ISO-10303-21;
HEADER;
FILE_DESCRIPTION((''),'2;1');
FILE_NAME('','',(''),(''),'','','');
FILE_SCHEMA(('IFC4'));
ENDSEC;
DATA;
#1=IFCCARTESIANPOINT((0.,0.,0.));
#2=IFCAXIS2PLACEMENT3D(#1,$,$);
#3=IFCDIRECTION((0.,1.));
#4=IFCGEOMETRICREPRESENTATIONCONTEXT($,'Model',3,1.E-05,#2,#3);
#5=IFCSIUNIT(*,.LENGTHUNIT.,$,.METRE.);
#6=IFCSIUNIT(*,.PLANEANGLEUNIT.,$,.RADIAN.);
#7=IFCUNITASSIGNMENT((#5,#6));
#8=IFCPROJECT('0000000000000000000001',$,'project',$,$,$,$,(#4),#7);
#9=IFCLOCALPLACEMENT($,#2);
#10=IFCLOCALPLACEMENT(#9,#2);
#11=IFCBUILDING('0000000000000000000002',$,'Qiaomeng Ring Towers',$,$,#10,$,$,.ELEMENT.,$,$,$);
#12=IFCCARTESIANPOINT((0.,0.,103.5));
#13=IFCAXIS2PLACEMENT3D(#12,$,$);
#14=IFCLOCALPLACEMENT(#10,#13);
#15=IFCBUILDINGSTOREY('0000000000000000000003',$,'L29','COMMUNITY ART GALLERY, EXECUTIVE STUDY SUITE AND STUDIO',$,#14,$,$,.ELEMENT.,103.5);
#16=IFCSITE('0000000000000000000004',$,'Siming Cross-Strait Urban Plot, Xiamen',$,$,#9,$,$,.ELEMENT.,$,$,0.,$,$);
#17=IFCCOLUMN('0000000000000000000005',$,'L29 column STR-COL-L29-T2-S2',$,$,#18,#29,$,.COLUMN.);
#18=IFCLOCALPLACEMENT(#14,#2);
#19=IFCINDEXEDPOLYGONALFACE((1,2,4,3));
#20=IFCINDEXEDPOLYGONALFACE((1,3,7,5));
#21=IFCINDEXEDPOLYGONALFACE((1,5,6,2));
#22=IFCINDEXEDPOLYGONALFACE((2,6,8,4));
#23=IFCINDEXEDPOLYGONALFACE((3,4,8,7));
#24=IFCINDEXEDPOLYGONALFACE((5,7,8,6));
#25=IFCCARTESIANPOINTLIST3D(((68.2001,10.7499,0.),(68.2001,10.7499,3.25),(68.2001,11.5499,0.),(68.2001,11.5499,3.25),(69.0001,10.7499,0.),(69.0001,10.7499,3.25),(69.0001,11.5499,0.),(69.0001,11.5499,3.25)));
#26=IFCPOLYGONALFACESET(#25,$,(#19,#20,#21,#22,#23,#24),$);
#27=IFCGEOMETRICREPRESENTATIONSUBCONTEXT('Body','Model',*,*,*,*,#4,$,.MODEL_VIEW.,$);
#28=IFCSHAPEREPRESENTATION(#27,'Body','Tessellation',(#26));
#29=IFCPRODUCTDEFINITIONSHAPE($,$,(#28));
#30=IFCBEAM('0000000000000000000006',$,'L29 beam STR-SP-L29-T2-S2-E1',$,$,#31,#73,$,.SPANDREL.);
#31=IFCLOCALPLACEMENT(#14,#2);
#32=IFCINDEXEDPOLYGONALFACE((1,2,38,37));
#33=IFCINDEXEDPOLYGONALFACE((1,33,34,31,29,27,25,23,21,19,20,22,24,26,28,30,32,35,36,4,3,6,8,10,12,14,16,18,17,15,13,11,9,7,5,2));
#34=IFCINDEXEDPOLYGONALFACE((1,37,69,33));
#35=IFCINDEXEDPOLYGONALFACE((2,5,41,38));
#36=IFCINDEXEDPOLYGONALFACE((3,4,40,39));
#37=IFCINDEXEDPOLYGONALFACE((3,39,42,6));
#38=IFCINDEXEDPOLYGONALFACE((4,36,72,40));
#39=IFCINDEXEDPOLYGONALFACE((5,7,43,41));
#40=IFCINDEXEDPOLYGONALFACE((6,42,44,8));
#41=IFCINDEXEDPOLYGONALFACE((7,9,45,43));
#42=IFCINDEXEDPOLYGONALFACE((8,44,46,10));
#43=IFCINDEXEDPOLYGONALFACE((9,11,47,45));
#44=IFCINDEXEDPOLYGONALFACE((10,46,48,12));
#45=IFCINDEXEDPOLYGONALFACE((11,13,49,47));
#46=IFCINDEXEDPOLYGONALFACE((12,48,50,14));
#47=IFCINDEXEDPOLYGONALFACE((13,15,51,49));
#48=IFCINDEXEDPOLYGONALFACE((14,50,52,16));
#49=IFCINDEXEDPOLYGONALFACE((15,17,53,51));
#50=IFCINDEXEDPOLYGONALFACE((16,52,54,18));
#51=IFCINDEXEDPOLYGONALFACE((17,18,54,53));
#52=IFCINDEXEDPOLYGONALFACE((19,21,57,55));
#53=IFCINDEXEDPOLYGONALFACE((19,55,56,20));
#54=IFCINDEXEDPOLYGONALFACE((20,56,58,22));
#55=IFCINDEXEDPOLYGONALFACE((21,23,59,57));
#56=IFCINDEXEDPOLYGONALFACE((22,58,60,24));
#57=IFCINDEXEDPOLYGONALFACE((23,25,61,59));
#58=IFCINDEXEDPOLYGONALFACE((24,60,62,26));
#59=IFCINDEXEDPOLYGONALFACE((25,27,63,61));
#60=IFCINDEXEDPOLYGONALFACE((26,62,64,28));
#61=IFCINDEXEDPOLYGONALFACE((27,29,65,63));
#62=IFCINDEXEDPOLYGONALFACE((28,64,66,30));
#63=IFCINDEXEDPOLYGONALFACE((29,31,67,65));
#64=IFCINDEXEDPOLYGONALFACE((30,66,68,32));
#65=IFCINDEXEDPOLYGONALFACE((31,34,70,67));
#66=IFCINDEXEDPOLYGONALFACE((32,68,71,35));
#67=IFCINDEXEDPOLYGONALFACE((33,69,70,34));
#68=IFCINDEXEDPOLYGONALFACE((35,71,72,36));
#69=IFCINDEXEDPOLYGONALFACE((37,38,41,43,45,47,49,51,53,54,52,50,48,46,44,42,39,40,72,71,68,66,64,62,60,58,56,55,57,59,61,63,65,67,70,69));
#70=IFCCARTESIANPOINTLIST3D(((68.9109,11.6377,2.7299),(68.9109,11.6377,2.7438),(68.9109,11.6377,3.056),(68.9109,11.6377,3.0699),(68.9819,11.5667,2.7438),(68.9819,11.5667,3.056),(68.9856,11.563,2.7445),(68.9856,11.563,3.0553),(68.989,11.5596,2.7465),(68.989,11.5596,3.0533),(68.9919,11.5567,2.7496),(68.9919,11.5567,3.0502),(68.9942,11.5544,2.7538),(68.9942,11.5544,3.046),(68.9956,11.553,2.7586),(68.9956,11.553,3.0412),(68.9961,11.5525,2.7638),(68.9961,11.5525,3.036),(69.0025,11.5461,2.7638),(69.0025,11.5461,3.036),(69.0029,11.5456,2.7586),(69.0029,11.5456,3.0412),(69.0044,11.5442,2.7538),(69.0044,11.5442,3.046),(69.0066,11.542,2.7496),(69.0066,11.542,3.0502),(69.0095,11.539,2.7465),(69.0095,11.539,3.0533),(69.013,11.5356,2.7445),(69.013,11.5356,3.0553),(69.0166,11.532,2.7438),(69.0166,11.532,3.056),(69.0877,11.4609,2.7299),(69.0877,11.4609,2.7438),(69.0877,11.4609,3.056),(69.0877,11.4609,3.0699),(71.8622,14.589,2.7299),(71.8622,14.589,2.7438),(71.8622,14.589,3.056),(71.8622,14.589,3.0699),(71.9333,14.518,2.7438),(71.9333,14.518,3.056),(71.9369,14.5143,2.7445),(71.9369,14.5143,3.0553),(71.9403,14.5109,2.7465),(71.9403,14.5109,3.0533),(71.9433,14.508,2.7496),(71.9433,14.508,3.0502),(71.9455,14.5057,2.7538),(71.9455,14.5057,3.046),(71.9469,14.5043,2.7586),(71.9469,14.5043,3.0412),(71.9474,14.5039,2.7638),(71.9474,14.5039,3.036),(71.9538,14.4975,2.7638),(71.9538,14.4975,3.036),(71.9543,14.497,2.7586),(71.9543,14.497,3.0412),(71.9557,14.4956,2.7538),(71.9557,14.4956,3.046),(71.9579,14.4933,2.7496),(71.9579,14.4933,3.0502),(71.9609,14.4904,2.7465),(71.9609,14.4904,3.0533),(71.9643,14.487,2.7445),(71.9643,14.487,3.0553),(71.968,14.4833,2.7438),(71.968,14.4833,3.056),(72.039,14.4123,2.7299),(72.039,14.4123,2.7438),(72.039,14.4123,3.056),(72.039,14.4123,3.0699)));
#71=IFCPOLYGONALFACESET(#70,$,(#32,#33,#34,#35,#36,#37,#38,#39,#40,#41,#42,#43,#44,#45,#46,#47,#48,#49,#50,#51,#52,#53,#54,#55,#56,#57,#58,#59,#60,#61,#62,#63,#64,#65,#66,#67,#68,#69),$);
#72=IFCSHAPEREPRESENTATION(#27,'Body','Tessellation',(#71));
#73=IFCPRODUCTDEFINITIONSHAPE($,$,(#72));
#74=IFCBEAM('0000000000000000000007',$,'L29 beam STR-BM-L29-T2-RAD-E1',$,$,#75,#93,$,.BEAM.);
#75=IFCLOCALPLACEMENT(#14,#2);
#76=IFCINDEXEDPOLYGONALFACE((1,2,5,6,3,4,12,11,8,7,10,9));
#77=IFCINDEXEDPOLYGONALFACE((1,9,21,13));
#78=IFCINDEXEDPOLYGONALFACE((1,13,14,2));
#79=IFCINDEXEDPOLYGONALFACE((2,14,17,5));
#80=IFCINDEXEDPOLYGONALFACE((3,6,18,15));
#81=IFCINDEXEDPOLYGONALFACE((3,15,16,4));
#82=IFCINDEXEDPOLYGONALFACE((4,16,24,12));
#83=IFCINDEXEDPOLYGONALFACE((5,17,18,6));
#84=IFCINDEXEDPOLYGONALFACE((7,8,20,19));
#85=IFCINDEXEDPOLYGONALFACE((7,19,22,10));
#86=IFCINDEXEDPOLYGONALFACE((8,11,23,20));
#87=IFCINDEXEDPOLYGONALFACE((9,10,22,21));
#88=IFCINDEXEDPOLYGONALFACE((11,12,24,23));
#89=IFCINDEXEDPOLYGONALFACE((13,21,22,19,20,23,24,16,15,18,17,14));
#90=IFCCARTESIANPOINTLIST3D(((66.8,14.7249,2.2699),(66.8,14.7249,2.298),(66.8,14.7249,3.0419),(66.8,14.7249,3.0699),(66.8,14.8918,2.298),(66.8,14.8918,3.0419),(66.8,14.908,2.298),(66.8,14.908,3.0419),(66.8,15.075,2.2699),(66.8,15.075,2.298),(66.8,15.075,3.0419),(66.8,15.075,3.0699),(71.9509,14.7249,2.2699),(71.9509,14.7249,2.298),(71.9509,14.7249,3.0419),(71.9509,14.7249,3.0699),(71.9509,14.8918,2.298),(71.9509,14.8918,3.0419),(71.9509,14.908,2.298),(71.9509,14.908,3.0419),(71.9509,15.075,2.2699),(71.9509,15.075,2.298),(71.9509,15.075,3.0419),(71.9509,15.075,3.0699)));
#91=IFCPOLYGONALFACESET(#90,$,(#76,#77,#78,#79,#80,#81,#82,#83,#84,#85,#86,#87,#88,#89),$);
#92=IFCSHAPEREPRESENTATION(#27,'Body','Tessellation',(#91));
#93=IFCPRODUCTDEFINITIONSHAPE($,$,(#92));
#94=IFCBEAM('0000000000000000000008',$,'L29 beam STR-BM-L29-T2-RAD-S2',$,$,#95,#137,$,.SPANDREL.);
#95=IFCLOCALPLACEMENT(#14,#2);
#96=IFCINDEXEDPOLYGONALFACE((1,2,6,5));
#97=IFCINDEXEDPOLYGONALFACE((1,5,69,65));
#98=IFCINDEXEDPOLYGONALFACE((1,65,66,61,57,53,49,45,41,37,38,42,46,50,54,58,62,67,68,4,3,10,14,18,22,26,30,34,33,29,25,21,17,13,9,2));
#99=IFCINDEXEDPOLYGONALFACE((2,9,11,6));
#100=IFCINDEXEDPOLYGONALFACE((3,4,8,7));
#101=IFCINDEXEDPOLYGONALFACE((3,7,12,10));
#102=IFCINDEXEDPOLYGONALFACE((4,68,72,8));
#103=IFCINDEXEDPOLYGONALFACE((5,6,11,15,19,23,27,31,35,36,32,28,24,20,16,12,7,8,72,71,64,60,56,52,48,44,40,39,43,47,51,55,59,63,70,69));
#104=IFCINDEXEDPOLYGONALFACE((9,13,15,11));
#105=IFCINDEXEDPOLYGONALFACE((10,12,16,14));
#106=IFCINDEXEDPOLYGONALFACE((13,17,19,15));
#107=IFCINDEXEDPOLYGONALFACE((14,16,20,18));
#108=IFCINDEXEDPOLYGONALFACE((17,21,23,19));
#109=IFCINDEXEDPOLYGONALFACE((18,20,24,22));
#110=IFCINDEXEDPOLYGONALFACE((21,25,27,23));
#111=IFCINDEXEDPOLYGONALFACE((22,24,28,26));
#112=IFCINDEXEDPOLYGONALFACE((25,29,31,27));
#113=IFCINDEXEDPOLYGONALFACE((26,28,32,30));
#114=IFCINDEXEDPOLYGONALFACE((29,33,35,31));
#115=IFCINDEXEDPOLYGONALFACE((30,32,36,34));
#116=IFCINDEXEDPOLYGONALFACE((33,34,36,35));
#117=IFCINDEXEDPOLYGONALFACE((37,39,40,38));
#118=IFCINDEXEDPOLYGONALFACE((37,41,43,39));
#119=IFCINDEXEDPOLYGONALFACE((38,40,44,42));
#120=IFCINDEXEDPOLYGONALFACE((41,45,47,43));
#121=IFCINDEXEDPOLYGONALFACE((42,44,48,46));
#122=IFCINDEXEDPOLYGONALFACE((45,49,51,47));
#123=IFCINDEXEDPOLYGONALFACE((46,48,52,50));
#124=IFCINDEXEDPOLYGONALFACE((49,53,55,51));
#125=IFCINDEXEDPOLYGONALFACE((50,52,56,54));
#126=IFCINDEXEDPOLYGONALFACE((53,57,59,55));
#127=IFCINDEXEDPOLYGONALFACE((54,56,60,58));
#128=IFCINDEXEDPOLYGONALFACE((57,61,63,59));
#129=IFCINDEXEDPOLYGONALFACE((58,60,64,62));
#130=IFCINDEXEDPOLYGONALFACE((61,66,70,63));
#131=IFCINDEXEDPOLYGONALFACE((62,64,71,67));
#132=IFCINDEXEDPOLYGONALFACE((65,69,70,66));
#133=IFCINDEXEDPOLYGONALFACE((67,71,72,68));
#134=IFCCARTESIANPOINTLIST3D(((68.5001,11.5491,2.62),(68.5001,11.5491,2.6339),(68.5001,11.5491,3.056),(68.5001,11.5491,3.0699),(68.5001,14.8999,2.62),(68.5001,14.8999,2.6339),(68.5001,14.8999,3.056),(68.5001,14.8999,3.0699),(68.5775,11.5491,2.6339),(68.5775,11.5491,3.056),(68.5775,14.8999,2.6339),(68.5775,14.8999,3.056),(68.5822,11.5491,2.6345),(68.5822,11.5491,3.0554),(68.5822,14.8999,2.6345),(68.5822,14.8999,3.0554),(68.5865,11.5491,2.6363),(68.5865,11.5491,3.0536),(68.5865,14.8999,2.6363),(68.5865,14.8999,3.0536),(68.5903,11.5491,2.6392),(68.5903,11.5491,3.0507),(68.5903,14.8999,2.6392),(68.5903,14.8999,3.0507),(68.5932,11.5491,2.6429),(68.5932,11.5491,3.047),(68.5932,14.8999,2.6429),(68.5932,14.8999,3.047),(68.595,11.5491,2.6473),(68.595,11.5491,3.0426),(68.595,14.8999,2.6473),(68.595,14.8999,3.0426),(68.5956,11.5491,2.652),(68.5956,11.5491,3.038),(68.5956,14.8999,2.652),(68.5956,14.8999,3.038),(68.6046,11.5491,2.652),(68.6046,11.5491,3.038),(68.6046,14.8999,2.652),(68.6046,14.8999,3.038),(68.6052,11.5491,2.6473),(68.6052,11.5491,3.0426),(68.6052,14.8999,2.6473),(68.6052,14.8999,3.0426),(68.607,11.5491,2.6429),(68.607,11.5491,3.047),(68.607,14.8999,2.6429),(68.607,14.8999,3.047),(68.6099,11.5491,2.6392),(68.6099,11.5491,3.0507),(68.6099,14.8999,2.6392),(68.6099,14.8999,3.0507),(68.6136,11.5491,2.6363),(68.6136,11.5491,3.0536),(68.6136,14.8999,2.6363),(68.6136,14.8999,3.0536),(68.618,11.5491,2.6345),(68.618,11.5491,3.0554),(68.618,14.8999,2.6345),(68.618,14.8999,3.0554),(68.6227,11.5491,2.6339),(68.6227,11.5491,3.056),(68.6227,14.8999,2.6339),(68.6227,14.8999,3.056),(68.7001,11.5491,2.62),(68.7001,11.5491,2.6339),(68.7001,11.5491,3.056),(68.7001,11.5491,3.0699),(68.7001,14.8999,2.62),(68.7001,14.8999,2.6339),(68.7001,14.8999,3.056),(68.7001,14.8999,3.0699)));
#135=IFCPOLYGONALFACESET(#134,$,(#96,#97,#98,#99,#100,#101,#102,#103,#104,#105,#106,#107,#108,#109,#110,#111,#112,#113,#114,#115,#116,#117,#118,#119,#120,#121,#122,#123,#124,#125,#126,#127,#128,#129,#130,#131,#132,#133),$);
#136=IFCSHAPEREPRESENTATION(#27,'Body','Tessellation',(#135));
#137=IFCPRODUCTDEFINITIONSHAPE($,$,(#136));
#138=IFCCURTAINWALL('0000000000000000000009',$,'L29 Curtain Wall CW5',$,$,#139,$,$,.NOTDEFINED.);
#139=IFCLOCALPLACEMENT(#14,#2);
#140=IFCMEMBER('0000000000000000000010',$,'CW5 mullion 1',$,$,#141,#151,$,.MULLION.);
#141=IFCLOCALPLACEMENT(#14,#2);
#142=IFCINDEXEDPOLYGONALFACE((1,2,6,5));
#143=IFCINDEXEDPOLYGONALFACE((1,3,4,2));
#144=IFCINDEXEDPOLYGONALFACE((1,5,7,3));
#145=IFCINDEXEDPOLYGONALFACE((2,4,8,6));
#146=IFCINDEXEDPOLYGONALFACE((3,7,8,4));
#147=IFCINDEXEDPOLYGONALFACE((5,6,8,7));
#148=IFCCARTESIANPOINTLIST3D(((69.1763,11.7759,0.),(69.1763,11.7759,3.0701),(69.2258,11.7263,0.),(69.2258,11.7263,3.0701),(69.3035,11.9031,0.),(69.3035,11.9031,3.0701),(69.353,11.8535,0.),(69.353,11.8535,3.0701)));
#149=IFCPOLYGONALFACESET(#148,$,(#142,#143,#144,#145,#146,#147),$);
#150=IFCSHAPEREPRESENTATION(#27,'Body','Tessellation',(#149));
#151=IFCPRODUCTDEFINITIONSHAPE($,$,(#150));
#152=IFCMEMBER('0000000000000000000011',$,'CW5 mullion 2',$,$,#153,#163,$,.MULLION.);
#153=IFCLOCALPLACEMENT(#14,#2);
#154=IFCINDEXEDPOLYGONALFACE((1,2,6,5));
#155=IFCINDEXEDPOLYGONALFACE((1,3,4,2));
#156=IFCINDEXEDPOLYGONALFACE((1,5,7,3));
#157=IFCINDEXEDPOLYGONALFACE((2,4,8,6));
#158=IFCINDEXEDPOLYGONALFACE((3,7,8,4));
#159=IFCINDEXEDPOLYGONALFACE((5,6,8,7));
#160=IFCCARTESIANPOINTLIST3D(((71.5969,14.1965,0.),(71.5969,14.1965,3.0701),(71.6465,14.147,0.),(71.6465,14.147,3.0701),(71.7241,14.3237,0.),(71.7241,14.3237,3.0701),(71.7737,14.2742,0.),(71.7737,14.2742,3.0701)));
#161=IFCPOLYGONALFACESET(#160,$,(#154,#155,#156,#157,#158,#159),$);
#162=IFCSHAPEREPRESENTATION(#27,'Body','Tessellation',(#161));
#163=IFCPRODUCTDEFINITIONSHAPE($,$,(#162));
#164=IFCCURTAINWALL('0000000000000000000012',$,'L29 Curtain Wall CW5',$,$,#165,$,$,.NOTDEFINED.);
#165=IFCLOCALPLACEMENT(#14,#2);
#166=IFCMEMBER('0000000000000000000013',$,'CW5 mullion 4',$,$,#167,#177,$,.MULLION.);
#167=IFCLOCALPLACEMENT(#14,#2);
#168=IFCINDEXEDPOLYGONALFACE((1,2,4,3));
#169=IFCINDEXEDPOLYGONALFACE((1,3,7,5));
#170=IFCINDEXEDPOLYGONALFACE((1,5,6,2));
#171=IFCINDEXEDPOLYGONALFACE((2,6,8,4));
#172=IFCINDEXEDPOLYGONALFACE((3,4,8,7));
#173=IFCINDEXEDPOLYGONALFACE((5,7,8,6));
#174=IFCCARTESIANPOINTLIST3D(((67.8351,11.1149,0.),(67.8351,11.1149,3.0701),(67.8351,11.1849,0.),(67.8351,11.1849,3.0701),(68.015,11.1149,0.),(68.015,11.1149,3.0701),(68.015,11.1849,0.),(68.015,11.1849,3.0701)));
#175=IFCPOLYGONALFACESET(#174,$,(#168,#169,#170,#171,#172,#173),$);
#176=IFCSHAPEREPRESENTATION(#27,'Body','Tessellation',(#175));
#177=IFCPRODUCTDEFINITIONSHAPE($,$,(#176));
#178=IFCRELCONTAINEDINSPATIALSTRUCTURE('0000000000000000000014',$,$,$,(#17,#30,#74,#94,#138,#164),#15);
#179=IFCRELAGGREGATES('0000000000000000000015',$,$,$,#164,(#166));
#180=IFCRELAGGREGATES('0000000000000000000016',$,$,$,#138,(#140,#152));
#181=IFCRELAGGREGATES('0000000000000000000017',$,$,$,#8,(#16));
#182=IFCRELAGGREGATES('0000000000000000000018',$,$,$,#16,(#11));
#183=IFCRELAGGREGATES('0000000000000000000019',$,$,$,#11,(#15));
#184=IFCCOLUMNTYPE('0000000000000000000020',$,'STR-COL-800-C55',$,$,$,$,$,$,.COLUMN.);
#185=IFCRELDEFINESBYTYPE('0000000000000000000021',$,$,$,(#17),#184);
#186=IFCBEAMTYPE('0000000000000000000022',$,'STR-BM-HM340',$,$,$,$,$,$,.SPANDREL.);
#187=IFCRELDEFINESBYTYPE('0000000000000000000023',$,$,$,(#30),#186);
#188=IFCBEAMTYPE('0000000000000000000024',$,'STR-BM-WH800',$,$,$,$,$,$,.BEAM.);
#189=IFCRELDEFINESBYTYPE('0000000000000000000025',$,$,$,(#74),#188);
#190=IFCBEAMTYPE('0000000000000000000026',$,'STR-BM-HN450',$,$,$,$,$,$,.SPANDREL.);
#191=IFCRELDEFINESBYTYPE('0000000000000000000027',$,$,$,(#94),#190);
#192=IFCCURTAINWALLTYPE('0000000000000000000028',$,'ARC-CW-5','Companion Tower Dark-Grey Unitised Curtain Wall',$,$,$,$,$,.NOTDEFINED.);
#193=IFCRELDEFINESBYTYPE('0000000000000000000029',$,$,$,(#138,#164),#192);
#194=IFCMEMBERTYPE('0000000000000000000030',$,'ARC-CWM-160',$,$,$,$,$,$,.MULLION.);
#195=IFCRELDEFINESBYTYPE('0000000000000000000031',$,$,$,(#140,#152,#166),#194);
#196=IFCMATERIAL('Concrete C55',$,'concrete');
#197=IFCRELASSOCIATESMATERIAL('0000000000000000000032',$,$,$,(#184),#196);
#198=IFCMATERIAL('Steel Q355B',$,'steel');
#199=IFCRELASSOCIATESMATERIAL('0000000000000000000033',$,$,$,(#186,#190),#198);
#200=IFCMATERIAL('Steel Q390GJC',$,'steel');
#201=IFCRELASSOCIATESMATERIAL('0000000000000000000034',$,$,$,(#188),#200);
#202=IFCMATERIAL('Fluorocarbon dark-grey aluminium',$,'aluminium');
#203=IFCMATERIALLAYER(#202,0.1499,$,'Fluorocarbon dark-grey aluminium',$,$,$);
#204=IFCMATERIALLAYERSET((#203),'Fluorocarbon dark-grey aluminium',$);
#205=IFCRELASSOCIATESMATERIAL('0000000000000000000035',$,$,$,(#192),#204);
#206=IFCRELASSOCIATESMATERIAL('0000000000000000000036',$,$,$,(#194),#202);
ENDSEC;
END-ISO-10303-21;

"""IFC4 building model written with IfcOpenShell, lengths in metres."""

from ifc_helpers import new_model, si_unit, direction, frame, origin, origin_2d, place, context, subcontext, project, spatial, rectangle, i_section, extrude, source, transform, mapped, material, layer, layer_set, material_profile, profile_set, type_object, element, aggregate, save


model = new_model("IFC4")

# Units and contexts
model_context = context("Model", 3, precision=1e-05, world=origin(), true_north=direction((0.0, 1.0)))
body_context = subcontext(model_context, "Body", "Model", "MODEL_VIEW")
ifc_project = project(units=[si_unit("LENGTHUNIT", "METRE"), si_unit("PLANEANGLEUNIT", "RADIAN")], contexts=[model_context])

# Site, building, storey
site_placement = place(None, origin())
site = spatial("IfcSite", under=ifc_project, at=site_placement, Name="Siming Cross-Strait Urban Plot, Xiamen", CompositionType="ELEMENT", RefElevation=0.0)
building_placement = place(site_placement, origin())
building = spatial("IfcBuilding", under=site, at=building_placement, Name="Qiaomeng Ring Towers", CompositionType="ELEMENT")
storey_placement = place(building_placement, frame((0.0, 0.0, 103.5)))
storey = spatial("IfcBuildingStorey", under=building, at=storey_placement, Name="L29", Description="COMMUNITY ART GALLERY, EXECUTIVE STUDY SUITE AND STUDIO", CompositionType="ELEMENT", Elevation=103.5)

# Column
ifc_material_1 = material(Name="Concrete C55", Category="concrete")
ifc_material_profile_1 = material_profile(ifc_material_1, rectangle(XDim=0.8, YDim=0.8, at=origin_2d()), Name="RC COL 800x800")
ifc_profile_set_1 = profile_set([ifc_material_profile_1], Name="Concrete C55")
column_type = type_object("IfcColumnType", Name="STR-COL-800-C55", PredefinedType="COLUMN", material=ifc_profile_set_1)
shared_shape_1 = source(origin(), body_context, "Body", "SweptSolid", [
    extrude(rectangle(XDim=0.8, YDim=0.8, at=origin_2d()), origin(), (0.0, 0.0, 1.0), 3.25),
])
column_placement = place(storey_placement, frame((68.6001, 11.1499, 0.0), z_axis=(0.0, 0.0, 1.0), x_axis=(1.0, 0.0, 0.0)))
element("IfcColumn", 1, at=column_placement, inside=storey, type_object=column_type, Name="L29 column STR-COL-L29-T2-S2", PredefinedType="COLUMN", context=body_context, shape_type="MappedRepresentation", body=[
    mapped(shared_shape_1, transform((0.0, 0.0, 0.0), x_axis=(1.0, 0.0, 0.0), y_axis=(0.0, 1.0, 0.0), z_axis=(0.0, 0.0, 1.0), scale=1.0)),
])

# Beams
ifc_material_2 = material(Name="Steel Q355B", Category="steel")
ifc_material_profile_2 = material_profile(ifc_material_2, i_section(OverallWidth=0.25, OverallDepth=0.3401, WebThickness=0.009, FlangeThickness=0.0139, FilletRadius=0.02, at=origin_2d()), Name="HM 340x250x9x14")
ifc_profile_set_2 = profile_set([ifc_material_profile_2], Name="Steel Q355B")
beam_type_1 = type_object("IfcBeamType", Name="STR-BM-HM340", PredefinedType="SPANDREL", material=ifc_profile_set_2)
shared_shape_2 = source(origin(), body_context, "Body", "SweptSolid", [
    extrude(i_section(OverallWidth=0.25, OverallDepth=0.3401, WebThickness=0.009, FlangeThickness=0.0139, FilletRadius=0.02, at=origin_2d()), origin(), (0.0, 0.0, 1.0), 4.1738),
])
beam_1_placement = place(storey_placement, frame((68.9993, 11.5493, 2.8999), z_axis=(0.707107, 0.707107, 0.0), x_axis=(-0.707107, 0.707107, 0.0)))
element("IfcBeam", 2, at=beam_1_placement, inside=storey, type_object=beam_type_1, Name="L29 beam STR-SP-L29-T2-S2-E1", PredefinedType="SPANDREL", context=body_context, shape_type="MappedRepresentation", body=[
    mapped(shared_shape_2, transform((0.0, 0.0, 0.0), x_axis=(1.0, 0.0, 0.0), y_axis=(0.0, 1.0, 0.0), z_axis=(0.0, 0.0, 1.0), scale=1.0)),
])
ifc_material_3 = material(Name="Steel Q390GJC", Category="steel")
ifc_material_profile_3 = material_profile(ifc_material_3, i_section(OverallWidth=0.3501, OverallDepth=0.8, WebThickness=0.0161, FlangeThickness=0.0281, at=origin_2d()), Name="WH 800x350x16x28")
ifc_profile_set_3 = profile_set([ifc_material_profile_3], Name="Steel Q390GJC")
beam_type_2 = type_object("IfcBeamType", Name="STR-BM-WH800", PredefinedType="BEAM", material=ifc_profile_set_3)
shared_shape_3 = source(origin(), body_context, "Body", "SweptSolid", [
    extrude(i_section(OverallWidth=0.3501, OverallDepth=0.8, WebThickness=0.0161, FlangeThickness=0.0281, at=origin_2d()), origin(), (0.0, 0.0, 1.0), 5.1509),
])
beam_2_placement = place(storey_placement, frame((66.8, 14.8999, 2.6699), z_axis=(1.0, 0.0, 0.0), x_axis=(0.0, 1.0, 0.0)))
element("IfcBeam", 3, at=beam_2_placement, inside=storey, type_object=beam_type_2, Name="L29 beam STR-BM-L29-T2-RAD-E1", PredefinedType="BEAM", context=body_context, shape_type="MappedRepresentation", body=[
    mapped(shared_shape_3, transform((0.0, 0.0, 0.0), x_axis=(1.0, 0.0, 0.0), y_axis=(0.0, 1.0, 0.0), z_axis=(0.0, 0.0, 1.0), scale=1.0)),
])
ifc_material_profile_4 = material_profile(ifc_material_2, i_section(OverallWidth=0.2, OverallDepth=0.45, WebThickness=0.009, FlangeThickness=0.0139, FilletRadius=0.0181, at=origin_2d()), Name="HN 450x200x9x14")
ifc_profile_set_4 = profile_set([ifc_material_profile_4], Name="Steel Q355B")
beam_type_3 = type_object("IfcBeamType", Name="STR-BM-HN450", PredefinedType="SPANDREL", material=ifc_profile_set_4)
shared_shape_4 = source(origin(), body_context, "Body", "SweptSolid", [
    extrude(i_section(OverallWidth=0.2, OverallDepth=0.45, WebThickness=0.009, FlangeThickness=0.0139, FilletRadius=0.0181, at=origin_2d()), origin(), (0.0, 0.0, 1.0), 3.3508),
])
beam_3_placement = place(storey_placement, frame((68.6001, 11.5491, 2.845), z_axis=(0.0, 1.0, 0.0), x_axis=(-1.0, 0.0, 0.0)))
element("IfcBeam", 4, at=beam_3_placement, inside=storey, type_object=beam_type_3, Name="L29 beam STR-BM-L29-T2-RAD-S2", PredefinedType="SPANDREL", context=body_context, shape_type="MappedRepresentation", body=[
    mapped(shared_shape_4, transform((0.0, 0.0, 0.0), x_axis=(1.0, 0.0, 0.0), y_axis=(0.0, 1.0, 0.0), z_axis=(0.0, 0.0, 1.0), scale=1.0)),
])

# Curtain wall, members
ifc_material_4 = material(Name="Fluorocarbon dark-grey aluminium", Category="aluminium")
ifc_layer_1 = layer(ifc_material_4, 0.1499, Name="Fluorocarbon dark-grey aluminium")
ifc_layer_set_1 = layer_set([ifc_layer_1], Name="Fluorocarbon dark-grey aluminium")
curtain_wall_type = type_object("IfcCurtainWallType", Name="ARC-CW-5", Description="Companion Tower Dark-Grey Unitised Curtain Wall", PredefinedType="NOTDEFINED", material=ifc_layer_set_1)
curtain_wall_1_placement = place(storey_placement, origin())
curtain_wall_1 = element("IfcCurtainWall", 5, at=curtain_wall_1_placement, inside=storey, type_object=curtain_wall_type, Name="L29 Curtain Wall CW5", PredefinedType="NOTDEFINED")
ifc_material_profile_5 = material_profile(ifc_material_4, rectangle(XDim=0.0701, YDim=0.1799, at=origin_2d()), Name="ALU MULL 70x180")
ifc_profile_set_5 = profile_set([ifc_material_profile_5], Name="Fluorocarbon dark-grey aluminium")
member_type_1 = type_object("IfcMemberType", Name="ARC-CWM-160", PredefinedType="MULLION", material=ifc_profile_set_5)
shared_shape_5 = source(origin(), body_context, "Body", "SweptSolid", [
    extrude(rectangle(XDim=0.0701, YDim=0.1799, at=origin_2d()), origin(), (0.0, 0.0, 1.0), 3.0701),
])
member_1_placement = place(storey_placement, frame((69.2646, 11.8147, 0.0), z_axis=(0.0, 0.0, 1.0), x_axis=(-0.707107, 0.707107, 0.0)))
member_1 = element("IfcMember", 6, at=member_1_placement, type_object=member_type_1, Name="CW5 mullion 1", PredefinedType="MULLION", context=body_context, shape_type="MappedRepresentation", body=[
    mapped(shared_shape_5, transform((0.0, 0.0, 0.0), x_axis=(1.0, 0.0, 0.0), y_axis=(0.0, 1.0, 0.0), z_axis=(0.0, 0.0, 1.0), scale=1.0)),
])
member_2_placement = place(storey_placement, frame((71.6853, 14.2354, 0.0), z_axis=(0.0, 0.0, 1.0), x_axis=(-0.707107, 0.707107, 0.0)))
member_2 = element("IfcMember", 7, at=member_2_placement, type_object=member_type_1, Name="CW5 mullion 2", PredefinedType="MULLION", context=body_context, shape_type="MappedRepresentation", body=[
    mapped(shared_shape_5, transform((0.0, 0.0, 0.0), x_axis=(1.0, 0.0, 0.0), y_axis=(0.0, 1.0, 0.0), z_axis=(0.0, 0.0, 1.0), scale=1.0)),
])

# Curtain wall, member
curtain_wall_2_placement = place(storey_placement, origin())
curtain_wall_2 = element("IfcCurtainWall", 8, at=curtain_wall_2_placement, inside=storey, type_object=curtain_wall_type, Name="L29 Curtain Wall CW5", PredefinedType="NOTDEFINED")
member_3_placement = place(storey_placement, frame((67.925, 11.1499, 0.0), z_axis=(0.0, 0.0, 1.0), x_axis=(0.0, 1.0, 0.0)))
member_3 = element("IfcMember", 9, at=member_3_placement, type_object=member_type_1, Name="CW5 mullion 4", PredefinedType="MULLION", context=body_context, shape_type="MappedRepresentation", body=[
    mapped(shared_shape_5, transform((0.0, 0.0, 0.0), x_axis=(1.0, 0.0, 0.0), y_axis=(0.0, 1.0, 0.0), z_axis=(0.0, 0.0, 1.0), scale=1.0)),
])
aggregate(curtain_wall_2, [member_3])

aggregate(curtain_wall_1, [member_1, member_2])

save(model, "model.ifc")
